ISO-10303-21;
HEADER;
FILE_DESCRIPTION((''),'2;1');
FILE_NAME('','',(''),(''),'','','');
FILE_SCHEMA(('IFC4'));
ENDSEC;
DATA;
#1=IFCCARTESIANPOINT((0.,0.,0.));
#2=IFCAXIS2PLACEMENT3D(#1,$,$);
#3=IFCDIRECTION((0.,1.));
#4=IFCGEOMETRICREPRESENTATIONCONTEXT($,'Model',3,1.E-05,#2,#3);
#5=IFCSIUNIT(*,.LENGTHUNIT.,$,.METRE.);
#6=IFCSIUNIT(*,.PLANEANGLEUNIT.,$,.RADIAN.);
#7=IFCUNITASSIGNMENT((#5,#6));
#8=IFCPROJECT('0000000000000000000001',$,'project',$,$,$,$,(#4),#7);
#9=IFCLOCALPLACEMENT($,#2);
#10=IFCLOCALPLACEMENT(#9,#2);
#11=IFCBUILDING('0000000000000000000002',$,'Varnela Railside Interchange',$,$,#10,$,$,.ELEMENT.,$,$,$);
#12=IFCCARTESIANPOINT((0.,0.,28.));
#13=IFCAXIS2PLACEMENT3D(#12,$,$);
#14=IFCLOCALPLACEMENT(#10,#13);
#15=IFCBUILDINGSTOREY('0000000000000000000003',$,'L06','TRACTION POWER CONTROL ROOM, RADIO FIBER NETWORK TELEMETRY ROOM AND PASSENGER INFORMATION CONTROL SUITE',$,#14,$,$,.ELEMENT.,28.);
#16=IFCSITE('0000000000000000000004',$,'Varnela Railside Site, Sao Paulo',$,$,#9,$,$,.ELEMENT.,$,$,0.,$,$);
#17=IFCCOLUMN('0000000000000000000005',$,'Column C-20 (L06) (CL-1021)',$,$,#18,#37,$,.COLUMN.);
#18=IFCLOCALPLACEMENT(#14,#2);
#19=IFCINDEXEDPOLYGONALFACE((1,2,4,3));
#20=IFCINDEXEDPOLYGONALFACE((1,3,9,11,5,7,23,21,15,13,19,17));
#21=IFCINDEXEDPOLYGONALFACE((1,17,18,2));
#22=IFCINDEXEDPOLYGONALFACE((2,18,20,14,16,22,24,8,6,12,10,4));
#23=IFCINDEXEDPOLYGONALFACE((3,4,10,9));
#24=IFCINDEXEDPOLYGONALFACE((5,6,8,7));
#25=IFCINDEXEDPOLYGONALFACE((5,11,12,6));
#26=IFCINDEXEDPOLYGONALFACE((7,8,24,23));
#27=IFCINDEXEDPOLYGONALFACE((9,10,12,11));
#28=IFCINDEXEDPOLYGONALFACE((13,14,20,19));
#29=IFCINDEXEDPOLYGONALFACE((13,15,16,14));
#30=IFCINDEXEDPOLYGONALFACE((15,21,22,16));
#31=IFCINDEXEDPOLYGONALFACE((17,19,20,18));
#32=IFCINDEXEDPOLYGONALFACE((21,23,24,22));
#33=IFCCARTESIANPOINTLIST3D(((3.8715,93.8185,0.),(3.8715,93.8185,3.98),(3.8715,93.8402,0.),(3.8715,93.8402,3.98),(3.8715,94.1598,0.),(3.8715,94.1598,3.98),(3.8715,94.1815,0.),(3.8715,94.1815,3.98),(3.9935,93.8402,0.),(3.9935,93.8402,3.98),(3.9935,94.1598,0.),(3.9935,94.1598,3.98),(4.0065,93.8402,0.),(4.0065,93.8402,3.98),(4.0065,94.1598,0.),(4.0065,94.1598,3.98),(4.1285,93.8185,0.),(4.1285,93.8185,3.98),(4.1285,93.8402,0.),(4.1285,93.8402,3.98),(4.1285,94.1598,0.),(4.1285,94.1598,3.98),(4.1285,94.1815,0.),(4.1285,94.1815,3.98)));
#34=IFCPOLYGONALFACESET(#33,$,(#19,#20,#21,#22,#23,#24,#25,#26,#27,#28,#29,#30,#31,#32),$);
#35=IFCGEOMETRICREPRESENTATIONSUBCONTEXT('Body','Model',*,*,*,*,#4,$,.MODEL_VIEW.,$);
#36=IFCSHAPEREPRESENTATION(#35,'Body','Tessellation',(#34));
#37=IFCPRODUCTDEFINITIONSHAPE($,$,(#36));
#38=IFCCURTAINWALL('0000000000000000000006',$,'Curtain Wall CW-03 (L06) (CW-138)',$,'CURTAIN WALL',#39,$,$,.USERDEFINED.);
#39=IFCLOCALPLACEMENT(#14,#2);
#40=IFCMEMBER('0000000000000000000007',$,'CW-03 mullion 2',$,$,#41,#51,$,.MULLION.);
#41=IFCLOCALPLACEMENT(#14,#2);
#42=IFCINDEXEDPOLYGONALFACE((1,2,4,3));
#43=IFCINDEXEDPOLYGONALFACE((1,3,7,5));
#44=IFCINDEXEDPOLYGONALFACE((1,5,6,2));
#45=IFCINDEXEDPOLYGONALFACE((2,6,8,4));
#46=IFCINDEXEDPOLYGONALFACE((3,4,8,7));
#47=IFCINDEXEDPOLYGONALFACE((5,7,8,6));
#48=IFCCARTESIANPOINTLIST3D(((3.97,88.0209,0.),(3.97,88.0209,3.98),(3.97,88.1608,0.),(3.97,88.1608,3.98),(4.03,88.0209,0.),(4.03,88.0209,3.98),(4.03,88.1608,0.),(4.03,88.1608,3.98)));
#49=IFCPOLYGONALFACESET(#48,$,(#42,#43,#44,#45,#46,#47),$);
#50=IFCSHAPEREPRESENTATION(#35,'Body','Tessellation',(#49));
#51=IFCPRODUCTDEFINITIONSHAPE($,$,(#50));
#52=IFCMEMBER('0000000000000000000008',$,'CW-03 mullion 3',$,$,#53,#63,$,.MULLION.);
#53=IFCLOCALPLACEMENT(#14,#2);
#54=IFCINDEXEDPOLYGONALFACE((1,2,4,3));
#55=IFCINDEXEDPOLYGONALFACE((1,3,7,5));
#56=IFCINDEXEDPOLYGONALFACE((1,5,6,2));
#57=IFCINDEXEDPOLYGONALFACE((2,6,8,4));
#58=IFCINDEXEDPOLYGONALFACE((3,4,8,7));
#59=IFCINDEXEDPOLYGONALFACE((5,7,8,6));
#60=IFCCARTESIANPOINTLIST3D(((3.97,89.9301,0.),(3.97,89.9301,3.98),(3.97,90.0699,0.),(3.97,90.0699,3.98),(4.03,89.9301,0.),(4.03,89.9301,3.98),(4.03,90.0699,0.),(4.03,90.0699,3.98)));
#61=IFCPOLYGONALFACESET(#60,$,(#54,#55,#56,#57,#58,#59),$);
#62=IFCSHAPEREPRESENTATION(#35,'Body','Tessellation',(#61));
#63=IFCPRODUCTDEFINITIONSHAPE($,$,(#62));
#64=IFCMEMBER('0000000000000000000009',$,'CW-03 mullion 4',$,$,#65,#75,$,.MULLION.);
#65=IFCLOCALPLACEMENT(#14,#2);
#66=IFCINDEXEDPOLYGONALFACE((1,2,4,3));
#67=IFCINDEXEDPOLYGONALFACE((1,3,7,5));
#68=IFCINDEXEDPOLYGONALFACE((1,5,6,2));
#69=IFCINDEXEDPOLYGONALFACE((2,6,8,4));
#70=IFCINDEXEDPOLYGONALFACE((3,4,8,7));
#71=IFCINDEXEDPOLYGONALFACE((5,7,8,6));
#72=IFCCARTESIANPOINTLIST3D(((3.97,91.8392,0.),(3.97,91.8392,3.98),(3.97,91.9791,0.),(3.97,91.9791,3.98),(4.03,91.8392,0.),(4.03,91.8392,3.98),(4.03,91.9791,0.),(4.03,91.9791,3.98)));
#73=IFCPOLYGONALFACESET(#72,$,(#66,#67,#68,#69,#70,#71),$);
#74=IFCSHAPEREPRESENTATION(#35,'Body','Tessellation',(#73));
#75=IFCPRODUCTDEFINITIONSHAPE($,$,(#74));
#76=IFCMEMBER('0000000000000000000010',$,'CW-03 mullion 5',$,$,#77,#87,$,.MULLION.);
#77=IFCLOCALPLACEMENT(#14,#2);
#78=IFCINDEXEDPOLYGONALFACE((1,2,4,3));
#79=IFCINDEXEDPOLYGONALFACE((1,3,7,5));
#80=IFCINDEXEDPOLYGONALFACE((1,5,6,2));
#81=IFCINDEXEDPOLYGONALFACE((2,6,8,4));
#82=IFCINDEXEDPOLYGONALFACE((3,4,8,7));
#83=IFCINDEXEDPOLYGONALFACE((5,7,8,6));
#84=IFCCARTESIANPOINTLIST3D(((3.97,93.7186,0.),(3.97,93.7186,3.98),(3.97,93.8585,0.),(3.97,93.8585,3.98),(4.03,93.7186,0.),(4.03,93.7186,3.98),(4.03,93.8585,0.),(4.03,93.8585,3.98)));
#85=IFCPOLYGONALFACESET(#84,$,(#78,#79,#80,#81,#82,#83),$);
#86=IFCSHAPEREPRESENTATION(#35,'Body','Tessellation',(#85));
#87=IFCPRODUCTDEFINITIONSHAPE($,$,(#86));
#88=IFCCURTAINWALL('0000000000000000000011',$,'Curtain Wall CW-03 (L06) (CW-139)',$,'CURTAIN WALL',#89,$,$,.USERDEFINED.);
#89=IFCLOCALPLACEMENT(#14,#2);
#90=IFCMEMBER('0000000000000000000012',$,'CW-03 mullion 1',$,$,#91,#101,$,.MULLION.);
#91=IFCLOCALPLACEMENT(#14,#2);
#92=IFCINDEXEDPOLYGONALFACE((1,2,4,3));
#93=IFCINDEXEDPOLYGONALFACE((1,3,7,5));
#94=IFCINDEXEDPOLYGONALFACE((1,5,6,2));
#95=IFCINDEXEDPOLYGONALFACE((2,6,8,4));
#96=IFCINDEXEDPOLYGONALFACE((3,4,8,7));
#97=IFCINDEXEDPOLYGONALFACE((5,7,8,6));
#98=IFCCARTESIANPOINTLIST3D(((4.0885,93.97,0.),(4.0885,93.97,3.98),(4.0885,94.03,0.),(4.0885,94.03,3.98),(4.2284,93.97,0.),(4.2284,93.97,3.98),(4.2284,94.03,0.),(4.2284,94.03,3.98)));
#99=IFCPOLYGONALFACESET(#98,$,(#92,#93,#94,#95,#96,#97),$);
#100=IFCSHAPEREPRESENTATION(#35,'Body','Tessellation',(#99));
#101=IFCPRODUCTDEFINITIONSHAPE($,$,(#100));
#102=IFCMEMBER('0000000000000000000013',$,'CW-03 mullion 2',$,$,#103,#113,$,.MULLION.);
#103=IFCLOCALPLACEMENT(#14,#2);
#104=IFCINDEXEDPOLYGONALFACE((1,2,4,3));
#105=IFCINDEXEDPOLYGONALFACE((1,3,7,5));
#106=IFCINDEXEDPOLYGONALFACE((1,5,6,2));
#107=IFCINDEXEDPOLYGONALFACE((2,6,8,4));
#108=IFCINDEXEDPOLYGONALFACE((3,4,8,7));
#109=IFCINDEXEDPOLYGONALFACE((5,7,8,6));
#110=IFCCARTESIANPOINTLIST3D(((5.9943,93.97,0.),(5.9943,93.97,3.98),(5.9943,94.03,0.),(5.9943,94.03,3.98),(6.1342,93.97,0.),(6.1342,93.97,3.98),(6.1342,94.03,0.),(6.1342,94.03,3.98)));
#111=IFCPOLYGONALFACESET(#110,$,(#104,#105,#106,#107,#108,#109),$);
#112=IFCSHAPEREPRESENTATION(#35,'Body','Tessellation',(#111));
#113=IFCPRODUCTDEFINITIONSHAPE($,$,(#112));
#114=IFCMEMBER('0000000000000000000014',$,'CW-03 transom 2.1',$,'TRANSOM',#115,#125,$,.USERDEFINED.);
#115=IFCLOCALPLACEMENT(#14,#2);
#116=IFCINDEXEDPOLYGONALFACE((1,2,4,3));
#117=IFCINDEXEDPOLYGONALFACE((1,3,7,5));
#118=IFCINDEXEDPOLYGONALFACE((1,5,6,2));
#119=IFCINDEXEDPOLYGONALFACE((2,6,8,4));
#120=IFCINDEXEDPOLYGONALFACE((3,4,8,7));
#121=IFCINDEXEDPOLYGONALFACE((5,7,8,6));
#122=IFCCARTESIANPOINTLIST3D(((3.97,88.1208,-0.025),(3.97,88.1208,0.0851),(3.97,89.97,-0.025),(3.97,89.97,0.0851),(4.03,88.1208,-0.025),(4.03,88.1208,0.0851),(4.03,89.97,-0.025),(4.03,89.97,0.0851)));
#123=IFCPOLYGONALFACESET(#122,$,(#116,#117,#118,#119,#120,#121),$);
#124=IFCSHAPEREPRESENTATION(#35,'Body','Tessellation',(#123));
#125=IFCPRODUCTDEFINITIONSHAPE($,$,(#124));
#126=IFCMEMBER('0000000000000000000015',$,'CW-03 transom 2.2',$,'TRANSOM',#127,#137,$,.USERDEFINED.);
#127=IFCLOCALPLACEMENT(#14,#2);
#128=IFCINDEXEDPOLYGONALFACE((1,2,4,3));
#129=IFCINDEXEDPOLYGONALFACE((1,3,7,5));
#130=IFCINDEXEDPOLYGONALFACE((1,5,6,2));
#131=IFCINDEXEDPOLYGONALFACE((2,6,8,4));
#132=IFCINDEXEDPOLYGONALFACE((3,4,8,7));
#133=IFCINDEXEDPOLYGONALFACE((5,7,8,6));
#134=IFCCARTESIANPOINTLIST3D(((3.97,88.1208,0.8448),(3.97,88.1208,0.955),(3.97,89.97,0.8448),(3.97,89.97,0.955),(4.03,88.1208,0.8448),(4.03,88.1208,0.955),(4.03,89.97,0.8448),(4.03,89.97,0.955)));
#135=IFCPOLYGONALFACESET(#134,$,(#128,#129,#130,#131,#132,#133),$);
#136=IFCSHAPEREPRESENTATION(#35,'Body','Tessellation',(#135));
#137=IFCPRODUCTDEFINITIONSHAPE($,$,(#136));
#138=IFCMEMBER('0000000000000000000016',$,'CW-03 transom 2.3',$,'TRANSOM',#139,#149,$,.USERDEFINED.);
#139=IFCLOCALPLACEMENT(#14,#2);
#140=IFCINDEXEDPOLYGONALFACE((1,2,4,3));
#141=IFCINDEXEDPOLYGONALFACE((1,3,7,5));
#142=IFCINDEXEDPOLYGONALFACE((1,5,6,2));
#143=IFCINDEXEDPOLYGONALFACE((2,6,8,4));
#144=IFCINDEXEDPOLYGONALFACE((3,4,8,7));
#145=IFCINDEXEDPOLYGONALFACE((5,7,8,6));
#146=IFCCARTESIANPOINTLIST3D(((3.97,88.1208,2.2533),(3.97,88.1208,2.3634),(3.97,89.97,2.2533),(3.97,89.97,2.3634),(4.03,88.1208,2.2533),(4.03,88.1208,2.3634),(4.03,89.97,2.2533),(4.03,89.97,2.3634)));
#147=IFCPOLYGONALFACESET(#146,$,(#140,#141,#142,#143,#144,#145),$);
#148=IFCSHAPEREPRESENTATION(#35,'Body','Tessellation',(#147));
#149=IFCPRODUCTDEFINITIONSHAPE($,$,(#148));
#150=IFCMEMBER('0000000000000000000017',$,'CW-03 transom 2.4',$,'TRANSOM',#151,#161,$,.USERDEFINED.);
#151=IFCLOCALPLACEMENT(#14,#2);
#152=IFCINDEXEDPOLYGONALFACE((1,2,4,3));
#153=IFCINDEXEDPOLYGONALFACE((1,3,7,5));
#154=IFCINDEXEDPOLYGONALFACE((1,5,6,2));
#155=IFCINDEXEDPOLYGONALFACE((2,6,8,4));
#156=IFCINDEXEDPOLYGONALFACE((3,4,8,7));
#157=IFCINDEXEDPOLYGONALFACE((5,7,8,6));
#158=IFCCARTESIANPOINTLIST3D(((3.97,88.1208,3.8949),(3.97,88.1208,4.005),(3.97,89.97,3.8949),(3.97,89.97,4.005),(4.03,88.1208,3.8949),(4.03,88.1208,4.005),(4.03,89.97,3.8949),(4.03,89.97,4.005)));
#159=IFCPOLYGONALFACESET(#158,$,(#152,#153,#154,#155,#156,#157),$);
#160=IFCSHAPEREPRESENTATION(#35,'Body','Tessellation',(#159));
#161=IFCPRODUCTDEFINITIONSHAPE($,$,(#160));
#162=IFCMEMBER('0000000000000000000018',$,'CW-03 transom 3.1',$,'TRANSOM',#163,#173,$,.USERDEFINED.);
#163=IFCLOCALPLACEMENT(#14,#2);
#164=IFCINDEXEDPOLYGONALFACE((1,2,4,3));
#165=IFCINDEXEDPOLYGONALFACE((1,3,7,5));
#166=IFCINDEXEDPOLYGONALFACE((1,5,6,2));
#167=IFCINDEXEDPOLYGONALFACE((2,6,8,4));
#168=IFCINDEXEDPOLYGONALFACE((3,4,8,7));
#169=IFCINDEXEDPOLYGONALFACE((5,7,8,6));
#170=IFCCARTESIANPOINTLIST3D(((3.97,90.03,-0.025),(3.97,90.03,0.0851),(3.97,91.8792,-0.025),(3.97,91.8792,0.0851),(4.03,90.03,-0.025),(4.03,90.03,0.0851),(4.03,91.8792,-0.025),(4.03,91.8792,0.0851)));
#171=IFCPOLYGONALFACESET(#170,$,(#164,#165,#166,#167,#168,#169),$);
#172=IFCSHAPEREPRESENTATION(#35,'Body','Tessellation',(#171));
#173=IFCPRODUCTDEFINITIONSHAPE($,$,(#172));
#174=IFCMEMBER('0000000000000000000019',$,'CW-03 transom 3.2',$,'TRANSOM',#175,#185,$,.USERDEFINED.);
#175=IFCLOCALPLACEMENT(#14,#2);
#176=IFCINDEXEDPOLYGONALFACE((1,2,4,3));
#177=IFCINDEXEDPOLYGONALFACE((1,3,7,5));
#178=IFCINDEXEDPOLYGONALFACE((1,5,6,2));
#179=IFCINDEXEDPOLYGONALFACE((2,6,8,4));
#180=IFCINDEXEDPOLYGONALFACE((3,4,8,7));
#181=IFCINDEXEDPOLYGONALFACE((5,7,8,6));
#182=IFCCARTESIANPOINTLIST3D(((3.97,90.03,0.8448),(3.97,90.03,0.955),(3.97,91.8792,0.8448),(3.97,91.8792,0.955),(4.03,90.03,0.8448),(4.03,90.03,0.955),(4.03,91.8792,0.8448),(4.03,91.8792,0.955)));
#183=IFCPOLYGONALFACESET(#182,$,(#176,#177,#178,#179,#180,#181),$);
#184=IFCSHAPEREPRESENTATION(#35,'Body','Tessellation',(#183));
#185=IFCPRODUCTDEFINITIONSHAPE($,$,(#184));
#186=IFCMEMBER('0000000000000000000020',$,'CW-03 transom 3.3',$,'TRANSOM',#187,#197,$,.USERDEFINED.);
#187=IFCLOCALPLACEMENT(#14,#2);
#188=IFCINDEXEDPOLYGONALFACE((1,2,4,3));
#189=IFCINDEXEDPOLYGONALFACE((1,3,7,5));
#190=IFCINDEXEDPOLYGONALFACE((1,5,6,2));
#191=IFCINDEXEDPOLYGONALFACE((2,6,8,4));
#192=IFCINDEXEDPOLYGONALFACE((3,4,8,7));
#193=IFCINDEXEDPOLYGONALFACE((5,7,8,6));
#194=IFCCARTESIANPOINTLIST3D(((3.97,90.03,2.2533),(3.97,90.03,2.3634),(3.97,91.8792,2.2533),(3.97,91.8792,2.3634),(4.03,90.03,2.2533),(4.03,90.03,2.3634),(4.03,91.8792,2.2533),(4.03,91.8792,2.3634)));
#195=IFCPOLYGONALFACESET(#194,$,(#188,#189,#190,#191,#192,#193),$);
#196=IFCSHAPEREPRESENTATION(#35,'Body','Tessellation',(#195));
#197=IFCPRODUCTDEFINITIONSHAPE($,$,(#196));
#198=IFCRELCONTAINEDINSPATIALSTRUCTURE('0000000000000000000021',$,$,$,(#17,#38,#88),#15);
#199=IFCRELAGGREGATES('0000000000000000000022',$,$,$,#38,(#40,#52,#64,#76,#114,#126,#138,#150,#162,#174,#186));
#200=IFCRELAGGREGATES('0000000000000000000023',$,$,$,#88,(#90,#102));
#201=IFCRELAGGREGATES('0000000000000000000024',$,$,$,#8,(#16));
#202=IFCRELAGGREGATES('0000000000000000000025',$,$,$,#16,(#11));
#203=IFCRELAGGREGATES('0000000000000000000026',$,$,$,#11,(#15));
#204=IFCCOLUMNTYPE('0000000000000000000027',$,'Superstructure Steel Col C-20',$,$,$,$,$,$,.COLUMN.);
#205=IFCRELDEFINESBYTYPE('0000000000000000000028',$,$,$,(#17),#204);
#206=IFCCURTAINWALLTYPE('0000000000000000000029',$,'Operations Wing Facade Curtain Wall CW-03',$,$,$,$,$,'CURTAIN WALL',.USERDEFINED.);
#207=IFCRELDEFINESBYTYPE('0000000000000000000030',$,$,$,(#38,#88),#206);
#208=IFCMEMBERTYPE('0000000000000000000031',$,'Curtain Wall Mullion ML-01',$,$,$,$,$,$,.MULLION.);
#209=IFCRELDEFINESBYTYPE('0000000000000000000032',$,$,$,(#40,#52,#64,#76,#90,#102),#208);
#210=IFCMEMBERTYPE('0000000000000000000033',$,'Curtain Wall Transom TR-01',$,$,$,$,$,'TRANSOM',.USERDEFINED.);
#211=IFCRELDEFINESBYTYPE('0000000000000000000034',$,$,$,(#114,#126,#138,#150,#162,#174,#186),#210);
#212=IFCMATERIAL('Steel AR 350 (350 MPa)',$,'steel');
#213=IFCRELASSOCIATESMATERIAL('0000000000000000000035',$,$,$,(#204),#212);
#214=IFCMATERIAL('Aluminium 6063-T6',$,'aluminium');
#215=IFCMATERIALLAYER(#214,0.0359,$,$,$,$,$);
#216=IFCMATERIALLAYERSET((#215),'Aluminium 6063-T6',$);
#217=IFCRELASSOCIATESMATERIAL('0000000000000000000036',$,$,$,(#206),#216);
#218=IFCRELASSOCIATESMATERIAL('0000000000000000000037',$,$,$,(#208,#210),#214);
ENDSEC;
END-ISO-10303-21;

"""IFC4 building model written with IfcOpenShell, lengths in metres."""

from ifc_helpers import new_model, si_unit, direction, frame, origin, origin_2d, place, context, subcontext, project, spatial, rectangle, i_section, extrude, material, layer, layer_set, material_profile, profile_set, type_object, element, aggregate, save


model = new_model("IFC4")

# Units and contexts
model_context = context("Model", 3, precision=1e-05, world=origin(), true_north=direction((0.0, 1.0)))
body_context = subcontext(model_context, "Body", "Model", "MODEL_VIEW")
ifc_project = project(units=[si_unit("LENGTHUNIT", "METRE"), si_unit("PLANEANGLEUNIT", "RADIAN")], contexts=[model_context])

# Site, building, storey
site_placement = place(None, origin())
site = spatial("IfcSite", under=ifc_project, at=site_placement, Name="Varnela Railside Site, Sao Paulo", CompositionType="ELEMENT", RefElevation=0.0)
building_placement = place(site_placement, origin())
building = spatial("IfcBuilding", under=site, at=building_placement, Name="Varnela Railside Interchange", CompositionType="ELEMENT")
storey_placement = place(building_placement, frame((0.0, 0.0, 28.0)))
storey = spatial("IfcBuildingStorey", under=building, at=storey_placement, Name="L06", Description="TRACTION POWER CONTROL ROOM, RADIO FIBER NETWORK TELEMETRY ROOM AND PASSENGER INFORMATION CONTROL SUITE", CompositionType="ELEMENT", Elevation=28.0)

# Column
ifc_material_1 = material(Name="Steel AR 350 (350 MPa)", Category="steel")
ifc_material_profile_1 = material_profile(ifc_material_1, i_section(OverallWidth=0.2571, OverallDepth=0.363, WebThickness=0.0129, FlangeThickness=0.0217, at=origin_2d()), Name="W360x122")
ifc_profile_set_1 = profile_set([ifc_material_profile_1], Name="Steel AR 350 (350 MPa)")
column_type = type_object("IfcColumnType", Name="Superstructure Steel Col C-20", PredefinedType="COLUMN", material=ifc_profile_set_1)
column_placement = place(storey_placement, frame((4.0, 94.0, 0.0), z_axis=(0.0, 0.0, 1.0), x_axis=(1.0, 0.0, 0.0)))
element("IfcColumn", 1, at=column_placement, inside=storey, type_object=column_type, Name="Column C-20 (L06) (CL-1021)", PredefinedType="COLUMN", context=body_context, shape_type="SweptSolid", body=[
    extrude(i_section(OverallWidth=0.2571, OverallDepth=0.363, WebThickness=0.0129, FlangeThickness=0.0217, at=origin_2d()), origin(), (0.0, 0.0, 1.0), 3.98),
])

# Curtain walls, members
ifc_material_2 = material(Name="Aluminium 6063-T6", Category="aluminium")
ifc_layer_1 = layer(ifc_material_2, 0.0359)
ifc_layer_set_1 = layer_set([ifc_layer_1], Name="Aluminium 6063-T6")
curtain_wall_type = type_object("IfcCurtainWallType", Name="Operations Wing Facade Curtain Wall CW-03", ElementType="CURTAIN WALL", PredefinedType="USERDEFINED", material=ifc_layer_set_1)
curtain_wall_1_placement = place(storey_placement, origin())
curtain_wall_1 = element("IfcCurtainWall", 2, at=curtain_wall_1_placement, inside=storey, type_object=curtain_wall_type, Name="Curtain Wall CW-03 (L06) (CW-138)", ObjectType="CURTAIN WALL", PredefinedType="USERDEFINED")
ifc_material_profile_2 = material_profile(ifc_material_2, rectangle(XDim=0.0601, YDim=0.1399, at=origin_2d()), Name="ALU 60x140")
ifc_profile_set_2 = profile_set([ifc_material_profile_2], Name="Aluminium 6063-T6")
member_type_1 = type_object("IfcMemberType", Name="Curtain Wall Mullion ML-01", PredefinedType="MULLION", material=ifc_profile_set_2)
member_1_placement = place(storey_placement, frame((4.0, 88.0908, 0.0), z_axis=(0.0, 0.0, 1.0), x_axis=(-1.0, 0.0, 0.0)))
member_1 = element("IfcMember", 3, at=member_1_placement, type_object=member_type_1, Name="CW-03 mullion 2", PredefinedType="MULLION", context=body_context, shape_type="SweptSolid", body=[
    extrude(rectangle(XDim=0.0601, YDim=0.1399, at=origin_2d()), origin(), (0.0, 0.0, 1.0), 3.98),
])
member_2_placement = place(storey_placement, frame((4.0, 90.0, 0.0), z_axis=(0.0, 0.0, 1.0), x_axis=(-1.0, 0.0, 0.0)))
member_2 = element("IfcMember", 4, at=member_2_placement, type_object=member_type_1, Name="CW-03 mullion 3", PredefinedType="MULLION", context=body_context, shape_type="SweptSolid", body=[
    extrude(rectangle(XDim=0.0601, YDim=0.1399, at=origin_2d()), origin(), (0.0, 0.0, 1.0), 3.98),
])
member_3_placement = place(storey_placement, frame((4.0, 91.9092, 0.0), z_axis=(0.0, 0.0, 1.0), x_axis=(-1.0, 0.0, 0.0)))
member_3 = element("IfcMember", 5, at=member_3_placement, type_object=member_type_1, Name="CW-03 mullion 4", PredefinedType="MULLION", context=body_context, shape_type="SweptSolid", body=[
    extrude(rectangle(XDim=0.0601, YDim=0.1399, at=origin_2d()), origin(), (0.0, 0.0, 1.0), 3.98),
])
member_4_placement = place(storey_placement, frame((4.0, 93.7886, 0.0), z_axis=(0.0, 0.0, 1.0), x_axis=(-1.0, 0.0, 0.0)))
member_4 = element("IfcMember", 6, at=member_4_placement, type_object=member_type_1, Name="CW-03 mullion 5", PredefinedType="MULLION", context=body_context, shape_type="SweptSolid", body=[
    extrude(rectangle(XDim=0.0601, YDim=0.1399, at=origin_2d()), origin(), (0.0, 0.0, 1.0), 3.98),
])
curtain_wall_2_placement = place(storey_placement, origin())
curtain_wall_2 = element("IfcCurtainWall", 7, at=curtain_wall_2_placement, inside=storey, type_object=curtain_wall_type, Name="Curtain Wall CW-03 (L06) (CW-139)", ObjectType="CURTAIN WALL", PredefinedType="USERDEFINED")
member_5_placement = place(storey_placement, frame((4.1584, 94.0, 0.0), z_axis=(0.0, 0.0, 1.0), x_axis=(0.0, 1.0, 0.0)))
member_5 = element("IfcMember", 8, at=member_5_placement, type_object=member_type_1, Name="CW-03 mullion 1", PredefinedType="MULLION", context=body_context, shape_type="SweptSolid", body=[
    extrude(rectangle(XDim=0.0601, YDim=0.1399, at=origin_2d()), origin(), (0.0, 0.0, 1.0), 3.98),
])
member_6_placement = place(storey_placement, frame((6.0642, 94.0, 0.0), z_axis=(0.0, 0.0, 1.0), x_axis=(0.0, 1.0, 0.0)))
member_6 = element("IfcMember", 9, at=member_6_placement, type_object=member_type_1, Name="CW-03 mullion 2", PredefinedType="MULLION", context=body_context, shape_type="SweptSolid", body=[
    extrude(rectangle(XDim=0.0601, YDim=0.1399, at=origin_2d()), origin(), (0.0, 0.0, 1.0), 3.98),
])

# Members
ifc_material_profile_3 = material_profile(ifc_material_2, rectangle(XDim=0.0601, YDim=0.1101, at=origin_2d()), Name="ALU 60x110")
ifc_profile_set_3 = profile_set([ifc_material_profile_3], Name="Aluminium 6063-T6")
member_type_2 = type_object("IfcMemberType", Name="Curtain Wall Transom TR-01", ElementType="TRANSOM", PredefinedType="USERDEFINED", material=ifc_profile_set_3)
member_7_placement = place(storey_placement, frame((4.0, 88.1208, 0.03), z_axis=(0.0, 1.0, 0.0), x_axis=(-1.0, 0.0, 0.0)))
member_7 = element("IfcMember", 10, at=member_7_placement, type_object=member_type_2, Name="CW-03 transom 2.1", ObjectType="TRANSOM", PredefinedType="USERDEFINED", context=body_context, shape_type="SweptSolid", body=[
    extrude(rectangle(XDim=0.0601, YDim=0.1101, at=origin_2d()), origin(), (0.0, 0.0, 1.0), 1.8491),
])
member_8_placement = place(storey_placement, frame((4.0, 88.1208, 0.8999), z_axis=(0.0, 1.0, 0.0), x_axis=(-1.0, 0.0, 0.0)))
member_8 = element("IfcMember", 11, at=member_8_placement, type_object=member_type_2, Name="CW-03 transom 2.2", ObjectType="TRANSOM", PredefinedType="USERDEFINED", context=body_context, shape_type="SweptSolid", body=[
    extrude(rectangle(XDim=0.0601, YDim=0.1101, at=origin_2d()), origin(), (0.0, 0.0, 1.0), 1.8491),
])
member_9_placement = place(storey_placement, frame((4.0, 88.1208, 2.3083), z_axis=(0.0, 1.0, 0.0), x_axis=(-1.0, 0.0, 0.0)))
member_9 = element("IfcMember", 12, at=member_9_placement, type_object=member_type_2, Name="CW-03 transom 2.3", ObjectType="TRANSOM", PredefinedType="USERDEFINED", context=body_context, shape_type="SweptSolid", body=[
    extrude(rectangle(XDim=0.0601, YDim=0.1101, at=origin_2d()), origin(), (0.0, 0.0, 1.0), 1.8491),
])
member_10_placement = place(storey_placement, frame((4.0, 88.1208, 3.95), z_axis=(0.0, 1.0, 0.0), x_axis=(-1.0, 0.0, 0.0)))
member_10 = element("IfcMember", 13, at=member_10_placement, type_object=member_type_2, Name="CW-03 transom 2.4", ObjectType="TRANSOM", PredefinedType="USERDEFINED", context=body_context, shape_type="SweptSolid", body=[
    extrude(rectangle(XDim=0.0601, YDim=0.1101, at=origin_2d()), origin(), (0.0, 0.0, 1.0), 1.8491),
])
member_11_placement = place(storey_placement, frame((4.0, 90.03, 0.03), z_axis=(0.0, 1.0, 0.0), x_axis=(-1.0, 0.0, 0.0)))
member_11 = element("IfcMember", 14, at=member_11_placement, type_object=member_type_2, Name="CW-03 transom 3.1", ObjectType="TRANSOM", PredefinedType="USERDEFINED", context=body_context, shape_type="SweptSolid", body=[
    extrude(rectangle(XDim=0.0601, YDim=0.1101, at=origin_2d()), origin(), (0.0, 0.0, 1.0), 1.8491),
])
member_12_placement = place(storey_placement, frame((4.0, 90.03, 0.8999), z_axis=(0.0, 1.0, 0.0), x_axis=(-1.0, 0.0, 0.0)))
member_12 = element("IfcMember", 15, at=member_12_placement, type_object=member_type_2, Name="CW-03 transom 3.2", ObjectType="TRANSOM", PredefinedType="USERDEFINED", context=body_context, shape_type="SweptSolid", body=[
    extrude(rectangle(XDim=0.0601, YDim=0.1101, at=origin_2d()), origin(), (0.0, 0.0, 1.0), 1.8491),
])
member_13_placement = place(storey_placement, frame((4.0, 90.03, 2.3083), z_axis=(0.0, 1.0, 0.0), x_axis=(-1.0, 0.0, 0.0)))
member_13 = element("IfcMember", 16, at=member_13_placement, type_object=member_type_2, Name="CW-03 transom 3.3", ObjectType="TRANSOM", PredefinedType="USERDEFINED", context=body_context, shape_type="SweptSolid", body=[
    extrude(rectangle(XDim=0.0601, YDim=0.1101, at=origin_2d()), origin(), (0.0, 0.0, 1.0), 1.8491),
])

aggregate(curtain_wall_1, [member_1, member_2, member_3, member_4, member_7, member_8, member_9, member_10, member_11, member_12, member_13])
aggregate(curtain_wall_2, [member_5, member_6])

save(model, "model.ifc")
